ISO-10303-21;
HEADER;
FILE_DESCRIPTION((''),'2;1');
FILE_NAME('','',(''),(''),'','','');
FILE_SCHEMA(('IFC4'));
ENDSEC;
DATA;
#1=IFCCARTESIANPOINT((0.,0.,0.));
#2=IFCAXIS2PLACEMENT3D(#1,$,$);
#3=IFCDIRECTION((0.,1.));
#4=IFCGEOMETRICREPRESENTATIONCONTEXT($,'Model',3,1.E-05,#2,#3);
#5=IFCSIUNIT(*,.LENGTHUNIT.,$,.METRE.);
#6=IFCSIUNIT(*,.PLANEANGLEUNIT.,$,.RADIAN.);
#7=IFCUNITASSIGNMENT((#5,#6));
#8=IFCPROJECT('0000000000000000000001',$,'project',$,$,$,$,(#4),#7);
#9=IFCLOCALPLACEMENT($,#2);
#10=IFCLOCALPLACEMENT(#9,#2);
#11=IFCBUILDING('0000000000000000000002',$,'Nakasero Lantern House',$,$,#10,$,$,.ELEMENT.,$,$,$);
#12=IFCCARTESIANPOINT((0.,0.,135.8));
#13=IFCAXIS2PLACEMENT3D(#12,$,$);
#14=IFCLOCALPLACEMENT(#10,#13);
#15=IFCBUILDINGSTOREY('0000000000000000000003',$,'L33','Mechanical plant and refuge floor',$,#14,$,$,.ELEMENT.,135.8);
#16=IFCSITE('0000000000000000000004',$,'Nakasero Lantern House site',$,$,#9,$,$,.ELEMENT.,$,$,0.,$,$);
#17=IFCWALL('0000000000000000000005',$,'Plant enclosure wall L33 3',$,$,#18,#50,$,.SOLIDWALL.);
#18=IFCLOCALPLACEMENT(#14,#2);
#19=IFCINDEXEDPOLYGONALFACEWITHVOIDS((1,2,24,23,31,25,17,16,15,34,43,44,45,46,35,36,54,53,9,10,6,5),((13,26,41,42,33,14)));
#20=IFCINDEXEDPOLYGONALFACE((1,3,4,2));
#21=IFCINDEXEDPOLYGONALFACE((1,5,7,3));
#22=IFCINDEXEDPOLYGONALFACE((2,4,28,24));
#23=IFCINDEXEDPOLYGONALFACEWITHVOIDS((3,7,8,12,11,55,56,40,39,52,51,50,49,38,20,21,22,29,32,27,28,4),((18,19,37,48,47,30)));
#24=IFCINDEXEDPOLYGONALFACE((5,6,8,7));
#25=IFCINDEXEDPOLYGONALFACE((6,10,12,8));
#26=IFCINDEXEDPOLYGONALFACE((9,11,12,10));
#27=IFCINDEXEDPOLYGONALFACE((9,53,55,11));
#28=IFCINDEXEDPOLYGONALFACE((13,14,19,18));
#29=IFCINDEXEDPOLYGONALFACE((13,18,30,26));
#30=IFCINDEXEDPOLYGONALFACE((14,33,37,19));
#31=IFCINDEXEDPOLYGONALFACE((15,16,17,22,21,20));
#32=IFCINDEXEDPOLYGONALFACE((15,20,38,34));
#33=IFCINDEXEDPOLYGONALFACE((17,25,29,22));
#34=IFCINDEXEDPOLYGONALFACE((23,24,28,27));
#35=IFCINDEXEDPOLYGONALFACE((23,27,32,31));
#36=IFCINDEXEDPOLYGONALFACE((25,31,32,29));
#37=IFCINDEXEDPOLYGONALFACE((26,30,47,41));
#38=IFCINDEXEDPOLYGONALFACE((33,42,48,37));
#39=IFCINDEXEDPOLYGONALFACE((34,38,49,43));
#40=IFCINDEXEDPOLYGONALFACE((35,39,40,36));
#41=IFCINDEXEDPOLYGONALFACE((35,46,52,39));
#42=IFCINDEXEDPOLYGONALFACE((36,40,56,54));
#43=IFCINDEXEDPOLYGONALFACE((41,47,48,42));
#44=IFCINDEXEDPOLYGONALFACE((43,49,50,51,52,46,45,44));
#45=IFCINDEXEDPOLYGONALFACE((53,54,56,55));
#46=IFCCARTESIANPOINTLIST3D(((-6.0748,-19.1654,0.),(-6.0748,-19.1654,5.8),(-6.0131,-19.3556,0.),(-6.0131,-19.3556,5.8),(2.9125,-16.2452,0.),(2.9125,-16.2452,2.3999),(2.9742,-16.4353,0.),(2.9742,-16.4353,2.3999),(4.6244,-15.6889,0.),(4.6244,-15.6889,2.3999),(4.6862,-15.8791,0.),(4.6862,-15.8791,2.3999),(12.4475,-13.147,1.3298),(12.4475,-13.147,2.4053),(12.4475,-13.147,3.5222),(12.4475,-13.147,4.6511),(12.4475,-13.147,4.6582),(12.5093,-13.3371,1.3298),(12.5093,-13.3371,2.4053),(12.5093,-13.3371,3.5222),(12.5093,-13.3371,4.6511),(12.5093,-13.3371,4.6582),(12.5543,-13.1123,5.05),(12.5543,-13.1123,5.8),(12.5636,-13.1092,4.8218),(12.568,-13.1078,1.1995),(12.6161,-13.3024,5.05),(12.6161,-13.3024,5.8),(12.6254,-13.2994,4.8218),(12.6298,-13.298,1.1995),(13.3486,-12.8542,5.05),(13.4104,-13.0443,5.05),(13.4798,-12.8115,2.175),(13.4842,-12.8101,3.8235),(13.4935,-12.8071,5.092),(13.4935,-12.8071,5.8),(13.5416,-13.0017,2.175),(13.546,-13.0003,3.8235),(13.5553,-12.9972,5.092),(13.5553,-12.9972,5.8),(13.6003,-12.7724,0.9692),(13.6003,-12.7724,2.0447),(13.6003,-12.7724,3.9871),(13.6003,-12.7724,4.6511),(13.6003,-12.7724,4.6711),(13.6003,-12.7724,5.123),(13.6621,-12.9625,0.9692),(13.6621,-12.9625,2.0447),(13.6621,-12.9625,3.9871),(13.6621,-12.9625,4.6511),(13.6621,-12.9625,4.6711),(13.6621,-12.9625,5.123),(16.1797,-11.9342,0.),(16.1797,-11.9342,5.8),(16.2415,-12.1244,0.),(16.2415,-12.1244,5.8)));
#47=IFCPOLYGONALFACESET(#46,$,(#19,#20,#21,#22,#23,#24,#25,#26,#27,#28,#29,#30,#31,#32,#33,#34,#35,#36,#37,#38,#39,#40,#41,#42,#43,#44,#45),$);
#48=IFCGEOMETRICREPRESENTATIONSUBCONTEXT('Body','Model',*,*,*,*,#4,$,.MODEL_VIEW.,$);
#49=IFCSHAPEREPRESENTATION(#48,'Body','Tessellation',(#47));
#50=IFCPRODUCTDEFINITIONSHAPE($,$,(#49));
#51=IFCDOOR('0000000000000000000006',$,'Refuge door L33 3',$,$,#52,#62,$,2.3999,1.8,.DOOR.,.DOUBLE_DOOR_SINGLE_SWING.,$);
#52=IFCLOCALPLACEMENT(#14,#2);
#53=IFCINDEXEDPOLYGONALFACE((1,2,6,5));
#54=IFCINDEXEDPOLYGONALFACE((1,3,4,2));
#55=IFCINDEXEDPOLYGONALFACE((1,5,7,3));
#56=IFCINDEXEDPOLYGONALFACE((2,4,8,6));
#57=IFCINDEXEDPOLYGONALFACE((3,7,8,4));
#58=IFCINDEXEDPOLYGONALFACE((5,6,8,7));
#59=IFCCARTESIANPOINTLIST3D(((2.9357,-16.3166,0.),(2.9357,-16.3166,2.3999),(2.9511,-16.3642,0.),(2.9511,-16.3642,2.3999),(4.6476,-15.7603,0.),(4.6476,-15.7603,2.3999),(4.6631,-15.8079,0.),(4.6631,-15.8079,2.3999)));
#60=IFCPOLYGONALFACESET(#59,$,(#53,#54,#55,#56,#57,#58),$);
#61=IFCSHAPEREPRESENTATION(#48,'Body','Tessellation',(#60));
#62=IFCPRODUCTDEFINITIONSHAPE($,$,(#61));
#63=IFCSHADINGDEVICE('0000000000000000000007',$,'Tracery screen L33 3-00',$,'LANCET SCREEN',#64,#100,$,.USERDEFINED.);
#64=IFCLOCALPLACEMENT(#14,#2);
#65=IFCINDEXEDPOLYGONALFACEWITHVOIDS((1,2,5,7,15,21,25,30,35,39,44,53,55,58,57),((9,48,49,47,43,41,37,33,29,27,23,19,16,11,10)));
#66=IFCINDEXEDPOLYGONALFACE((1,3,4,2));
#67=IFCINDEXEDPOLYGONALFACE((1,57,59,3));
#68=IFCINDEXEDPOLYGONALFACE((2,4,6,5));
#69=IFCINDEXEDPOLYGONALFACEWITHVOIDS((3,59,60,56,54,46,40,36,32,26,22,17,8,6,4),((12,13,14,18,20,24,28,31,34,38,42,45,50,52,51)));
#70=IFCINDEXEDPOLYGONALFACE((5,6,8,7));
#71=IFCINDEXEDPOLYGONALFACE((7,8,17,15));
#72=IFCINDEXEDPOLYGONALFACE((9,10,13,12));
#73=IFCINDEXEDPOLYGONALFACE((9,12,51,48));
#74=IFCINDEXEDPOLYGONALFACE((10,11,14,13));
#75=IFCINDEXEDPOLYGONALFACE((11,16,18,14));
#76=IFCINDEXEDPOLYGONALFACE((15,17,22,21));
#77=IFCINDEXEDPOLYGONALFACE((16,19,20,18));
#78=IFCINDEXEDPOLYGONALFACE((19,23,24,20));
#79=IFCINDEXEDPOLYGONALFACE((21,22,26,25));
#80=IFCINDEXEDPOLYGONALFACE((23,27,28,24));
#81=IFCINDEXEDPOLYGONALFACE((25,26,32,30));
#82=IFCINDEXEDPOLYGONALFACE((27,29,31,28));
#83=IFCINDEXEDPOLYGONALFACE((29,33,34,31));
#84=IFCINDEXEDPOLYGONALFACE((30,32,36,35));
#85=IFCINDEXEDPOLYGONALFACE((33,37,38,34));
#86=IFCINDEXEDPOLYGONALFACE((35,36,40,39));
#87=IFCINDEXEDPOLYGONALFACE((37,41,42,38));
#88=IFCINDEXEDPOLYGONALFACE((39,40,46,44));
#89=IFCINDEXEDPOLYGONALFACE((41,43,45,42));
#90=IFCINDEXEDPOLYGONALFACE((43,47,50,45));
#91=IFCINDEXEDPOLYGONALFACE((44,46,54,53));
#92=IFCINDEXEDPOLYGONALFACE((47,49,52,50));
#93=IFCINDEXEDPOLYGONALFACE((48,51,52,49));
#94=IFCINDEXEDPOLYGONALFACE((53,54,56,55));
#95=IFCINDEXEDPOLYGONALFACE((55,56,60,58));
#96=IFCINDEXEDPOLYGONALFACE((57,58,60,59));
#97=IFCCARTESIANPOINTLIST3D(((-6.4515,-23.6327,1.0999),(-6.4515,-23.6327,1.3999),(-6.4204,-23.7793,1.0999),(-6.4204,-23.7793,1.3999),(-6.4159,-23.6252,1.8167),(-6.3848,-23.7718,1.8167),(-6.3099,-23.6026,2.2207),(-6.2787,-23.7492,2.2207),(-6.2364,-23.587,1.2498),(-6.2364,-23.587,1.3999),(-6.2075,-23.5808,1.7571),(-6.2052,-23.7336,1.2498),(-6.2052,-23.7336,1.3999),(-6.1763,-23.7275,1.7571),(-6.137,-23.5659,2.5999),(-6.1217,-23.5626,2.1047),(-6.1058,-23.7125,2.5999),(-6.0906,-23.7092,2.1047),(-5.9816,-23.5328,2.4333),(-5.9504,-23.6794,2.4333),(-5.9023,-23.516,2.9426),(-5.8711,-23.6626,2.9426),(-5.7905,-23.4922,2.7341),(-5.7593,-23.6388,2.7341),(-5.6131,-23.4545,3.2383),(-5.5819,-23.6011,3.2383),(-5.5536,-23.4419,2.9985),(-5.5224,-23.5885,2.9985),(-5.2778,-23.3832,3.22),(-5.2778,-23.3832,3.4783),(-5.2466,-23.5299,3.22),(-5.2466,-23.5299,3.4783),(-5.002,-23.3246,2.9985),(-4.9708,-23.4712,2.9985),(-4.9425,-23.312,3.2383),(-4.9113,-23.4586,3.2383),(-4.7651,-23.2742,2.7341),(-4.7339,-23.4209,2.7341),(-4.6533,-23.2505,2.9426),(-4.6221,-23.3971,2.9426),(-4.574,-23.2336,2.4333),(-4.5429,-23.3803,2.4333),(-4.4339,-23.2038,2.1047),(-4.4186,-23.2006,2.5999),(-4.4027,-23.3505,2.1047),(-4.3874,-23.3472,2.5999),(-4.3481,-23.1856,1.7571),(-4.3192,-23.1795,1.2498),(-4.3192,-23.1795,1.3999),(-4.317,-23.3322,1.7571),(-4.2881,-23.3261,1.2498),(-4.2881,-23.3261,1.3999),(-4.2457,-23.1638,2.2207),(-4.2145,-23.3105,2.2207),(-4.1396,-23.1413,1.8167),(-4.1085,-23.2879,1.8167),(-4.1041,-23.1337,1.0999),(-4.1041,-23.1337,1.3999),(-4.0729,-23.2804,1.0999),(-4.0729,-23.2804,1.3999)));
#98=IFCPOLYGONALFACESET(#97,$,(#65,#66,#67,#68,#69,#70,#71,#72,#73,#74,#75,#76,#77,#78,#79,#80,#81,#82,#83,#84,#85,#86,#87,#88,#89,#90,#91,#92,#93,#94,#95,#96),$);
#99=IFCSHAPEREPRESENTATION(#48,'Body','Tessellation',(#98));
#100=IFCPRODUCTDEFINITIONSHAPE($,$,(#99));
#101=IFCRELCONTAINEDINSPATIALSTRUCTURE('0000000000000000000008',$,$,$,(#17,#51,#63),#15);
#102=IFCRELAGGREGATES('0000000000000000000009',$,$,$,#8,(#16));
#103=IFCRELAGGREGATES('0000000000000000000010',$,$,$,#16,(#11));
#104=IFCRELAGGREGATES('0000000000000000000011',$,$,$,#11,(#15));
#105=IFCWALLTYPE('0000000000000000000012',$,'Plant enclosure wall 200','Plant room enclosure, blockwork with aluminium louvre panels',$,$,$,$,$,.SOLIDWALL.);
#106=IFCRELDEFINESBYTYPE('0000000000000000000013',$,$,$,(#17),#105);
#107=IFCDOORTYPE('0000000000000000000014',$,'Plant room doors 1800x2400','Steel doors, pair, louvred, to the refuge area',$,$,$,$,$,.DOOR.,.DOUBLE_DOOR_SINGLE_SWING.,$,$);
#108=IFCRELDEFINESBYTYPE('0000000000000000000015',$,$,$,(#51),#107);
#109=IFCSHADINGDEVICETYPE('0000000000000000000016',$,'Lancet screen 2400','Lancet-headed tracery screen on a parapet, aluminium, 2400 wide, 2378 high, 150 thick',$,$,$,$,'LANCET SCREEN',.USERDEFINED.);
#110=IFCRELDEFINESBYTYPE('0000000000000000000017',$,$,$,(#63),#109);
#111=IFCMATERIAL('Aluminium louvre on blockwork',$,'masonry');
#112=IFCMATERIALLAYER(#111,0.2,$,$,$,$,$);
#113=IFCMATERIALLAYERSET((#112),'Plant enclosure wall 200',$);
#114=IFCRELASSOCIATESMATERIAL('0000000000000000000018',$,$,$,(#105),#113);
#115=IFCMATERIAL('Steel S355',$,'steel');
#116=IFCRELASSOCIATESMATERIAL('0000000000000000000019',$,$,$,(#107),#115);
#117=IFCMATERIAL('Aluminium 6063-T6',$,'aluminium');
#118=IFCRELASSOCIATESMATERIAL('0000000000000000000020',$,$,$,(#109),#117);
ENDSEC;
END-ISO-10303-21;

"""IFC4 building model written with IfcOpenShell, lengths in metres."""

from ifc_helpers import new_model, si_unit, direction, frame, frame_2d, origin, place, context, subcontext, project, spatial, polyline, rectangle, outline, extrude, material, layer, layer_set, type_object, element, fill, save


model = new_model("IFC4")

# Units and contexts
model_context = context("Model", 3, precision=1e-05, world=origin(), true_north=direction((0.0, 1.0)))
body_context = subcontext(model_context, "Body", "Model", "MODEL_VIEW")
ifc_project = project(units=[si_unit("LENGTHUNIT", "METRE"), si_unit("PLANEANGLEUNIT", "RADIAN")], contexts=[model_context])

# Site, building, storey
site_placement = place(None, origin())
site = spatial("IfcSite", under=ifc_project, at=site_placement, Name="Nakasero Lantern House site", CompositionType="ELEMENT", RefElevation=0.0)
building_placement = place(site_placement, origin())
building = spatial("IfcBuilding", under=site, at=building_placement, Name="Nakasero Lantern House", CompositionType="ELEMENT")
storey_placement = place(building_placement, frame((0.0, 0.0, 135.8)))
storey = spatial("IfcBuildingStorey", under=building, at=storey_placement, Name="L33", Description="Mechanical plant and refuge floor", CompositionType="ELEMENT", Elevation=135.8)

# Shared definitions
ifc_material_1 = material(Name="Aluminium louvre on blockwork", Category="masonry")
ifc_layer_1 = layer(ifc_material_1, 0.2)
ifc_layer_set_1 = layer_set([ifc_layer_1], Name="Plant enclosure wall 200")
wall_type_1 = type_object("IfcWallType", Name="Plant enclosure wall 200", Description="Plant room enclosure, blockwork with aluminium louvre panels", PredefinedType="SOLIDWALL", material=ifc_layer_set_1)

# Wall, openings, door
wall_1_placement = place(storey_placement, frame((-6.0439, -19.2605, 0.0), z_axis=(0.0, 0.0, 1.0), x_axis=(0.951054, 0.309026, 0.0)))
wall_1 = element("IfcWall", 1, at=wall_1_placement, inside=storey, type_object=wall_type_1, Name="Plant enclosure wall L33 3", PredefinedType="SOLIDWALL", context=body_context, shape_type="SweptSolid", body=[
    extrude(rectangle(XDim=23.3999, YDim=0.2, at=frame_2d((11.7, 0.0))), origin(), (0.0, 0.0, 1.0), 5.8),
])
opening_1_placement = place(wall_1_placement, frame((9.45, 0.0, 0.0)))
opening_1 = element("IfcOpeningElement", 2, at=opening_1_placement, cuts=wall_1, PredefinedType="OPENING", context=body_context, shape_type="SweptSolid", body=[
    extrude(rectangle(XDim=1.8, YDim=2.3999, at=frame_2d((0.8999, 1.2))), frame((0.0, 0.1199, 0.0), z_axis=(0.0, -1.0, 0.0), x_axis=(1.0, 0.0, 0.0)), (0.0, 0.0, 1.0), 0.24),
])
opening_2_placement = place(wall_1_placement, origin())
element("IfcOpeningElement", 3, at=opening_2_placement, cuts=wall_1, PredefinedType="OPENING", context=body_context, shape_type="SweptSolid", body=[
    extrude(outline(polyline([(19.4756, 1.3298), (19.6023, 1.1995), (20.6877, 0.9692), (20.6877, 2.0447), (20.561, 2.175), (19.4756, 2.4053), (19.4756, 1.3298)])), frame((0.0, 0.1199, 0.0), z_axis=(0.0, -1.0, 0.0), x_axis=(1.0, 0.0, 0.0)), (0.0, 0.0, 1.0), 0.24),
])
opening_3_placement = place(wall_1_placement, origin())
element("IfcOpeningElement", 4, at=opening_3_placement, cuts=wall_1, PredefinedType="OPENING", context=body_context, shape_type="SweptSolid", body=[
    extrude(outline(polyline([(20.6877, 3.9871), (20.6877, 4.6711), (19.4854, 4.6711), (19.4756, 4.6582), (19.4756, 3.5222), (20.5657, 3.8235), (20.6877, 3.9871)])), frame((0.0, 0.1199, 0.0), z_axis=(0.0, -1.0, 0.0), x_axis=(1.0, 0.0, 0.0)), (0.0, 0.0, 1.0), 0.24),
])
opening_4_placement = place(wall_1_placement, origin())
element("IfcOpeningElement", 5, at=opening_4_placement, cuts=wall_1, PredefinedType="OPENING", context=body_context, shape_type="SweptSolid", body=[
    extrude(outline(polyline([(19.5879, 5.05), (20.4231, 5.05), (19.5977, 4.8218), (19.4756, 4.6582), (19.4756, 4.6511), (20.6877, 4.6511), (20.6877, 5.123), (20.5754, 5.092), (20.5754, 5.8), (19.5879, 5.8), (19.5879, 5.05)])), frame((0.0, 0.1199, 0.0), z_axis=(0.0, -1.0, 0.0), x_axis=(1.0, 0.0, 0.0)), (0.0, 0.0, 1.0), 0.24),
])
ifc_material_2 = material(Name="Steel S355", Category="steel")
door_type = type_object("IfcDoorType", Name="Plant room doors 1800x2400", Description="Steel doors, pair, louvred, to the refuge area", OperationType="DOUBLE_DOOR_SINGLE_SWING", PredefinedType="DOOR", material=ifc_material_2)
door_placement = place(opening_1_placement, origin())
door = element("IfcDoor", 6, at=door_placement, inside=storey, type_object=door_type, Name="Refuge door L33 3", OperationType="DOUBLE_DOOR_SINGLE_SWING", OverallHeight=2.3999, OverallWidth=1.8, PredefinedType="DOOR", context=body_context, shape_type="SweptSolid", body=[
    extrude(rectangle(XDim=1.8, YDim=2.3999, at=frame_2d((0.8999, 1.2))), frame((0.0, 0.0249, 0.0), z_axis=(0.0, -1.0, 0.0), x_axis=(1.0, 0.0, 0.0)), (0.0, 0.0, 1.0), 0.05),
])
fill(opening_1, door)

# Shading device
ifc_material_3 = material(Name="Aluminium 6063-T6", Category="aluminium")
shading_device_type = type_object("IfcShadingDeviceType", Name="Lancet screen 2400", Description="Lancet-headed tracery screen on a parapet, aluminium, 2400 wide, 2378 high, 150 thick", ElementType="LANCET SCREEN", PredefinedType="USERDEFINED", material=ifc_material_3)
shading_device_placement = place(storey_placement, frame((-5.2622, -23.4565, 1.0999), z_axis=(0.0, 0.0, 1.0), x_axis=(0.978148, 0.207912, 0.0)))
element("IfcShadingDevice", 7, at=shading_device_placement, inside=storey, type_object=shading_device_type, Name="Tracery screen L33 3-00", ObjectType="LANCET SCREEN", PredefinedType="USERDEFINED", context=body_context, shape_type="SweptSolid", body=[
    extrude(outline(polyline([(-1.2, 0.0), (1.2, 0.0), (1.2, 0.3), (1.1636, 0.7168), (1.0552, 1.1208), (0.8784, 1.5), (0.6384, 1.8428), (0.3428, 2.1384), (0.0, 2.3784), (-0.3428, 2.1384), (-0.6384, 1.8428), (-0.8784, 1.5), (-1.0552, 1.1208), (-1.1636, 0.7168), (-1.2, 0.3), (-1.2, 0.0)]), holes=[polyline([(-0.98, 0.1499), (0.98, 0.1499), (0.98, 0.3), (0.9504, 0.6572), (0.8628, 1.0049), (0.7195, 1.3335), (0.5242, 1.6343), (0.282, 1.8987), (0.0, 2.1201), (-0.282, 1.8987), (-0.5242, 1.6343), (-0.7195, 1.3335), (-0.8628, 1.0049), (-0.9504, 0.6572), (-0.98, 0.3), (-0.98, 0.1499)])]), frame((0.0, 0.075, 0.0), z_axis=(0.0, -1.0, 0.0), x_axis=(1.0, 0.0, 0.0)), (0.0, 0.0, 1.0), 0.1499),
])

save(model, "model.ifc")
